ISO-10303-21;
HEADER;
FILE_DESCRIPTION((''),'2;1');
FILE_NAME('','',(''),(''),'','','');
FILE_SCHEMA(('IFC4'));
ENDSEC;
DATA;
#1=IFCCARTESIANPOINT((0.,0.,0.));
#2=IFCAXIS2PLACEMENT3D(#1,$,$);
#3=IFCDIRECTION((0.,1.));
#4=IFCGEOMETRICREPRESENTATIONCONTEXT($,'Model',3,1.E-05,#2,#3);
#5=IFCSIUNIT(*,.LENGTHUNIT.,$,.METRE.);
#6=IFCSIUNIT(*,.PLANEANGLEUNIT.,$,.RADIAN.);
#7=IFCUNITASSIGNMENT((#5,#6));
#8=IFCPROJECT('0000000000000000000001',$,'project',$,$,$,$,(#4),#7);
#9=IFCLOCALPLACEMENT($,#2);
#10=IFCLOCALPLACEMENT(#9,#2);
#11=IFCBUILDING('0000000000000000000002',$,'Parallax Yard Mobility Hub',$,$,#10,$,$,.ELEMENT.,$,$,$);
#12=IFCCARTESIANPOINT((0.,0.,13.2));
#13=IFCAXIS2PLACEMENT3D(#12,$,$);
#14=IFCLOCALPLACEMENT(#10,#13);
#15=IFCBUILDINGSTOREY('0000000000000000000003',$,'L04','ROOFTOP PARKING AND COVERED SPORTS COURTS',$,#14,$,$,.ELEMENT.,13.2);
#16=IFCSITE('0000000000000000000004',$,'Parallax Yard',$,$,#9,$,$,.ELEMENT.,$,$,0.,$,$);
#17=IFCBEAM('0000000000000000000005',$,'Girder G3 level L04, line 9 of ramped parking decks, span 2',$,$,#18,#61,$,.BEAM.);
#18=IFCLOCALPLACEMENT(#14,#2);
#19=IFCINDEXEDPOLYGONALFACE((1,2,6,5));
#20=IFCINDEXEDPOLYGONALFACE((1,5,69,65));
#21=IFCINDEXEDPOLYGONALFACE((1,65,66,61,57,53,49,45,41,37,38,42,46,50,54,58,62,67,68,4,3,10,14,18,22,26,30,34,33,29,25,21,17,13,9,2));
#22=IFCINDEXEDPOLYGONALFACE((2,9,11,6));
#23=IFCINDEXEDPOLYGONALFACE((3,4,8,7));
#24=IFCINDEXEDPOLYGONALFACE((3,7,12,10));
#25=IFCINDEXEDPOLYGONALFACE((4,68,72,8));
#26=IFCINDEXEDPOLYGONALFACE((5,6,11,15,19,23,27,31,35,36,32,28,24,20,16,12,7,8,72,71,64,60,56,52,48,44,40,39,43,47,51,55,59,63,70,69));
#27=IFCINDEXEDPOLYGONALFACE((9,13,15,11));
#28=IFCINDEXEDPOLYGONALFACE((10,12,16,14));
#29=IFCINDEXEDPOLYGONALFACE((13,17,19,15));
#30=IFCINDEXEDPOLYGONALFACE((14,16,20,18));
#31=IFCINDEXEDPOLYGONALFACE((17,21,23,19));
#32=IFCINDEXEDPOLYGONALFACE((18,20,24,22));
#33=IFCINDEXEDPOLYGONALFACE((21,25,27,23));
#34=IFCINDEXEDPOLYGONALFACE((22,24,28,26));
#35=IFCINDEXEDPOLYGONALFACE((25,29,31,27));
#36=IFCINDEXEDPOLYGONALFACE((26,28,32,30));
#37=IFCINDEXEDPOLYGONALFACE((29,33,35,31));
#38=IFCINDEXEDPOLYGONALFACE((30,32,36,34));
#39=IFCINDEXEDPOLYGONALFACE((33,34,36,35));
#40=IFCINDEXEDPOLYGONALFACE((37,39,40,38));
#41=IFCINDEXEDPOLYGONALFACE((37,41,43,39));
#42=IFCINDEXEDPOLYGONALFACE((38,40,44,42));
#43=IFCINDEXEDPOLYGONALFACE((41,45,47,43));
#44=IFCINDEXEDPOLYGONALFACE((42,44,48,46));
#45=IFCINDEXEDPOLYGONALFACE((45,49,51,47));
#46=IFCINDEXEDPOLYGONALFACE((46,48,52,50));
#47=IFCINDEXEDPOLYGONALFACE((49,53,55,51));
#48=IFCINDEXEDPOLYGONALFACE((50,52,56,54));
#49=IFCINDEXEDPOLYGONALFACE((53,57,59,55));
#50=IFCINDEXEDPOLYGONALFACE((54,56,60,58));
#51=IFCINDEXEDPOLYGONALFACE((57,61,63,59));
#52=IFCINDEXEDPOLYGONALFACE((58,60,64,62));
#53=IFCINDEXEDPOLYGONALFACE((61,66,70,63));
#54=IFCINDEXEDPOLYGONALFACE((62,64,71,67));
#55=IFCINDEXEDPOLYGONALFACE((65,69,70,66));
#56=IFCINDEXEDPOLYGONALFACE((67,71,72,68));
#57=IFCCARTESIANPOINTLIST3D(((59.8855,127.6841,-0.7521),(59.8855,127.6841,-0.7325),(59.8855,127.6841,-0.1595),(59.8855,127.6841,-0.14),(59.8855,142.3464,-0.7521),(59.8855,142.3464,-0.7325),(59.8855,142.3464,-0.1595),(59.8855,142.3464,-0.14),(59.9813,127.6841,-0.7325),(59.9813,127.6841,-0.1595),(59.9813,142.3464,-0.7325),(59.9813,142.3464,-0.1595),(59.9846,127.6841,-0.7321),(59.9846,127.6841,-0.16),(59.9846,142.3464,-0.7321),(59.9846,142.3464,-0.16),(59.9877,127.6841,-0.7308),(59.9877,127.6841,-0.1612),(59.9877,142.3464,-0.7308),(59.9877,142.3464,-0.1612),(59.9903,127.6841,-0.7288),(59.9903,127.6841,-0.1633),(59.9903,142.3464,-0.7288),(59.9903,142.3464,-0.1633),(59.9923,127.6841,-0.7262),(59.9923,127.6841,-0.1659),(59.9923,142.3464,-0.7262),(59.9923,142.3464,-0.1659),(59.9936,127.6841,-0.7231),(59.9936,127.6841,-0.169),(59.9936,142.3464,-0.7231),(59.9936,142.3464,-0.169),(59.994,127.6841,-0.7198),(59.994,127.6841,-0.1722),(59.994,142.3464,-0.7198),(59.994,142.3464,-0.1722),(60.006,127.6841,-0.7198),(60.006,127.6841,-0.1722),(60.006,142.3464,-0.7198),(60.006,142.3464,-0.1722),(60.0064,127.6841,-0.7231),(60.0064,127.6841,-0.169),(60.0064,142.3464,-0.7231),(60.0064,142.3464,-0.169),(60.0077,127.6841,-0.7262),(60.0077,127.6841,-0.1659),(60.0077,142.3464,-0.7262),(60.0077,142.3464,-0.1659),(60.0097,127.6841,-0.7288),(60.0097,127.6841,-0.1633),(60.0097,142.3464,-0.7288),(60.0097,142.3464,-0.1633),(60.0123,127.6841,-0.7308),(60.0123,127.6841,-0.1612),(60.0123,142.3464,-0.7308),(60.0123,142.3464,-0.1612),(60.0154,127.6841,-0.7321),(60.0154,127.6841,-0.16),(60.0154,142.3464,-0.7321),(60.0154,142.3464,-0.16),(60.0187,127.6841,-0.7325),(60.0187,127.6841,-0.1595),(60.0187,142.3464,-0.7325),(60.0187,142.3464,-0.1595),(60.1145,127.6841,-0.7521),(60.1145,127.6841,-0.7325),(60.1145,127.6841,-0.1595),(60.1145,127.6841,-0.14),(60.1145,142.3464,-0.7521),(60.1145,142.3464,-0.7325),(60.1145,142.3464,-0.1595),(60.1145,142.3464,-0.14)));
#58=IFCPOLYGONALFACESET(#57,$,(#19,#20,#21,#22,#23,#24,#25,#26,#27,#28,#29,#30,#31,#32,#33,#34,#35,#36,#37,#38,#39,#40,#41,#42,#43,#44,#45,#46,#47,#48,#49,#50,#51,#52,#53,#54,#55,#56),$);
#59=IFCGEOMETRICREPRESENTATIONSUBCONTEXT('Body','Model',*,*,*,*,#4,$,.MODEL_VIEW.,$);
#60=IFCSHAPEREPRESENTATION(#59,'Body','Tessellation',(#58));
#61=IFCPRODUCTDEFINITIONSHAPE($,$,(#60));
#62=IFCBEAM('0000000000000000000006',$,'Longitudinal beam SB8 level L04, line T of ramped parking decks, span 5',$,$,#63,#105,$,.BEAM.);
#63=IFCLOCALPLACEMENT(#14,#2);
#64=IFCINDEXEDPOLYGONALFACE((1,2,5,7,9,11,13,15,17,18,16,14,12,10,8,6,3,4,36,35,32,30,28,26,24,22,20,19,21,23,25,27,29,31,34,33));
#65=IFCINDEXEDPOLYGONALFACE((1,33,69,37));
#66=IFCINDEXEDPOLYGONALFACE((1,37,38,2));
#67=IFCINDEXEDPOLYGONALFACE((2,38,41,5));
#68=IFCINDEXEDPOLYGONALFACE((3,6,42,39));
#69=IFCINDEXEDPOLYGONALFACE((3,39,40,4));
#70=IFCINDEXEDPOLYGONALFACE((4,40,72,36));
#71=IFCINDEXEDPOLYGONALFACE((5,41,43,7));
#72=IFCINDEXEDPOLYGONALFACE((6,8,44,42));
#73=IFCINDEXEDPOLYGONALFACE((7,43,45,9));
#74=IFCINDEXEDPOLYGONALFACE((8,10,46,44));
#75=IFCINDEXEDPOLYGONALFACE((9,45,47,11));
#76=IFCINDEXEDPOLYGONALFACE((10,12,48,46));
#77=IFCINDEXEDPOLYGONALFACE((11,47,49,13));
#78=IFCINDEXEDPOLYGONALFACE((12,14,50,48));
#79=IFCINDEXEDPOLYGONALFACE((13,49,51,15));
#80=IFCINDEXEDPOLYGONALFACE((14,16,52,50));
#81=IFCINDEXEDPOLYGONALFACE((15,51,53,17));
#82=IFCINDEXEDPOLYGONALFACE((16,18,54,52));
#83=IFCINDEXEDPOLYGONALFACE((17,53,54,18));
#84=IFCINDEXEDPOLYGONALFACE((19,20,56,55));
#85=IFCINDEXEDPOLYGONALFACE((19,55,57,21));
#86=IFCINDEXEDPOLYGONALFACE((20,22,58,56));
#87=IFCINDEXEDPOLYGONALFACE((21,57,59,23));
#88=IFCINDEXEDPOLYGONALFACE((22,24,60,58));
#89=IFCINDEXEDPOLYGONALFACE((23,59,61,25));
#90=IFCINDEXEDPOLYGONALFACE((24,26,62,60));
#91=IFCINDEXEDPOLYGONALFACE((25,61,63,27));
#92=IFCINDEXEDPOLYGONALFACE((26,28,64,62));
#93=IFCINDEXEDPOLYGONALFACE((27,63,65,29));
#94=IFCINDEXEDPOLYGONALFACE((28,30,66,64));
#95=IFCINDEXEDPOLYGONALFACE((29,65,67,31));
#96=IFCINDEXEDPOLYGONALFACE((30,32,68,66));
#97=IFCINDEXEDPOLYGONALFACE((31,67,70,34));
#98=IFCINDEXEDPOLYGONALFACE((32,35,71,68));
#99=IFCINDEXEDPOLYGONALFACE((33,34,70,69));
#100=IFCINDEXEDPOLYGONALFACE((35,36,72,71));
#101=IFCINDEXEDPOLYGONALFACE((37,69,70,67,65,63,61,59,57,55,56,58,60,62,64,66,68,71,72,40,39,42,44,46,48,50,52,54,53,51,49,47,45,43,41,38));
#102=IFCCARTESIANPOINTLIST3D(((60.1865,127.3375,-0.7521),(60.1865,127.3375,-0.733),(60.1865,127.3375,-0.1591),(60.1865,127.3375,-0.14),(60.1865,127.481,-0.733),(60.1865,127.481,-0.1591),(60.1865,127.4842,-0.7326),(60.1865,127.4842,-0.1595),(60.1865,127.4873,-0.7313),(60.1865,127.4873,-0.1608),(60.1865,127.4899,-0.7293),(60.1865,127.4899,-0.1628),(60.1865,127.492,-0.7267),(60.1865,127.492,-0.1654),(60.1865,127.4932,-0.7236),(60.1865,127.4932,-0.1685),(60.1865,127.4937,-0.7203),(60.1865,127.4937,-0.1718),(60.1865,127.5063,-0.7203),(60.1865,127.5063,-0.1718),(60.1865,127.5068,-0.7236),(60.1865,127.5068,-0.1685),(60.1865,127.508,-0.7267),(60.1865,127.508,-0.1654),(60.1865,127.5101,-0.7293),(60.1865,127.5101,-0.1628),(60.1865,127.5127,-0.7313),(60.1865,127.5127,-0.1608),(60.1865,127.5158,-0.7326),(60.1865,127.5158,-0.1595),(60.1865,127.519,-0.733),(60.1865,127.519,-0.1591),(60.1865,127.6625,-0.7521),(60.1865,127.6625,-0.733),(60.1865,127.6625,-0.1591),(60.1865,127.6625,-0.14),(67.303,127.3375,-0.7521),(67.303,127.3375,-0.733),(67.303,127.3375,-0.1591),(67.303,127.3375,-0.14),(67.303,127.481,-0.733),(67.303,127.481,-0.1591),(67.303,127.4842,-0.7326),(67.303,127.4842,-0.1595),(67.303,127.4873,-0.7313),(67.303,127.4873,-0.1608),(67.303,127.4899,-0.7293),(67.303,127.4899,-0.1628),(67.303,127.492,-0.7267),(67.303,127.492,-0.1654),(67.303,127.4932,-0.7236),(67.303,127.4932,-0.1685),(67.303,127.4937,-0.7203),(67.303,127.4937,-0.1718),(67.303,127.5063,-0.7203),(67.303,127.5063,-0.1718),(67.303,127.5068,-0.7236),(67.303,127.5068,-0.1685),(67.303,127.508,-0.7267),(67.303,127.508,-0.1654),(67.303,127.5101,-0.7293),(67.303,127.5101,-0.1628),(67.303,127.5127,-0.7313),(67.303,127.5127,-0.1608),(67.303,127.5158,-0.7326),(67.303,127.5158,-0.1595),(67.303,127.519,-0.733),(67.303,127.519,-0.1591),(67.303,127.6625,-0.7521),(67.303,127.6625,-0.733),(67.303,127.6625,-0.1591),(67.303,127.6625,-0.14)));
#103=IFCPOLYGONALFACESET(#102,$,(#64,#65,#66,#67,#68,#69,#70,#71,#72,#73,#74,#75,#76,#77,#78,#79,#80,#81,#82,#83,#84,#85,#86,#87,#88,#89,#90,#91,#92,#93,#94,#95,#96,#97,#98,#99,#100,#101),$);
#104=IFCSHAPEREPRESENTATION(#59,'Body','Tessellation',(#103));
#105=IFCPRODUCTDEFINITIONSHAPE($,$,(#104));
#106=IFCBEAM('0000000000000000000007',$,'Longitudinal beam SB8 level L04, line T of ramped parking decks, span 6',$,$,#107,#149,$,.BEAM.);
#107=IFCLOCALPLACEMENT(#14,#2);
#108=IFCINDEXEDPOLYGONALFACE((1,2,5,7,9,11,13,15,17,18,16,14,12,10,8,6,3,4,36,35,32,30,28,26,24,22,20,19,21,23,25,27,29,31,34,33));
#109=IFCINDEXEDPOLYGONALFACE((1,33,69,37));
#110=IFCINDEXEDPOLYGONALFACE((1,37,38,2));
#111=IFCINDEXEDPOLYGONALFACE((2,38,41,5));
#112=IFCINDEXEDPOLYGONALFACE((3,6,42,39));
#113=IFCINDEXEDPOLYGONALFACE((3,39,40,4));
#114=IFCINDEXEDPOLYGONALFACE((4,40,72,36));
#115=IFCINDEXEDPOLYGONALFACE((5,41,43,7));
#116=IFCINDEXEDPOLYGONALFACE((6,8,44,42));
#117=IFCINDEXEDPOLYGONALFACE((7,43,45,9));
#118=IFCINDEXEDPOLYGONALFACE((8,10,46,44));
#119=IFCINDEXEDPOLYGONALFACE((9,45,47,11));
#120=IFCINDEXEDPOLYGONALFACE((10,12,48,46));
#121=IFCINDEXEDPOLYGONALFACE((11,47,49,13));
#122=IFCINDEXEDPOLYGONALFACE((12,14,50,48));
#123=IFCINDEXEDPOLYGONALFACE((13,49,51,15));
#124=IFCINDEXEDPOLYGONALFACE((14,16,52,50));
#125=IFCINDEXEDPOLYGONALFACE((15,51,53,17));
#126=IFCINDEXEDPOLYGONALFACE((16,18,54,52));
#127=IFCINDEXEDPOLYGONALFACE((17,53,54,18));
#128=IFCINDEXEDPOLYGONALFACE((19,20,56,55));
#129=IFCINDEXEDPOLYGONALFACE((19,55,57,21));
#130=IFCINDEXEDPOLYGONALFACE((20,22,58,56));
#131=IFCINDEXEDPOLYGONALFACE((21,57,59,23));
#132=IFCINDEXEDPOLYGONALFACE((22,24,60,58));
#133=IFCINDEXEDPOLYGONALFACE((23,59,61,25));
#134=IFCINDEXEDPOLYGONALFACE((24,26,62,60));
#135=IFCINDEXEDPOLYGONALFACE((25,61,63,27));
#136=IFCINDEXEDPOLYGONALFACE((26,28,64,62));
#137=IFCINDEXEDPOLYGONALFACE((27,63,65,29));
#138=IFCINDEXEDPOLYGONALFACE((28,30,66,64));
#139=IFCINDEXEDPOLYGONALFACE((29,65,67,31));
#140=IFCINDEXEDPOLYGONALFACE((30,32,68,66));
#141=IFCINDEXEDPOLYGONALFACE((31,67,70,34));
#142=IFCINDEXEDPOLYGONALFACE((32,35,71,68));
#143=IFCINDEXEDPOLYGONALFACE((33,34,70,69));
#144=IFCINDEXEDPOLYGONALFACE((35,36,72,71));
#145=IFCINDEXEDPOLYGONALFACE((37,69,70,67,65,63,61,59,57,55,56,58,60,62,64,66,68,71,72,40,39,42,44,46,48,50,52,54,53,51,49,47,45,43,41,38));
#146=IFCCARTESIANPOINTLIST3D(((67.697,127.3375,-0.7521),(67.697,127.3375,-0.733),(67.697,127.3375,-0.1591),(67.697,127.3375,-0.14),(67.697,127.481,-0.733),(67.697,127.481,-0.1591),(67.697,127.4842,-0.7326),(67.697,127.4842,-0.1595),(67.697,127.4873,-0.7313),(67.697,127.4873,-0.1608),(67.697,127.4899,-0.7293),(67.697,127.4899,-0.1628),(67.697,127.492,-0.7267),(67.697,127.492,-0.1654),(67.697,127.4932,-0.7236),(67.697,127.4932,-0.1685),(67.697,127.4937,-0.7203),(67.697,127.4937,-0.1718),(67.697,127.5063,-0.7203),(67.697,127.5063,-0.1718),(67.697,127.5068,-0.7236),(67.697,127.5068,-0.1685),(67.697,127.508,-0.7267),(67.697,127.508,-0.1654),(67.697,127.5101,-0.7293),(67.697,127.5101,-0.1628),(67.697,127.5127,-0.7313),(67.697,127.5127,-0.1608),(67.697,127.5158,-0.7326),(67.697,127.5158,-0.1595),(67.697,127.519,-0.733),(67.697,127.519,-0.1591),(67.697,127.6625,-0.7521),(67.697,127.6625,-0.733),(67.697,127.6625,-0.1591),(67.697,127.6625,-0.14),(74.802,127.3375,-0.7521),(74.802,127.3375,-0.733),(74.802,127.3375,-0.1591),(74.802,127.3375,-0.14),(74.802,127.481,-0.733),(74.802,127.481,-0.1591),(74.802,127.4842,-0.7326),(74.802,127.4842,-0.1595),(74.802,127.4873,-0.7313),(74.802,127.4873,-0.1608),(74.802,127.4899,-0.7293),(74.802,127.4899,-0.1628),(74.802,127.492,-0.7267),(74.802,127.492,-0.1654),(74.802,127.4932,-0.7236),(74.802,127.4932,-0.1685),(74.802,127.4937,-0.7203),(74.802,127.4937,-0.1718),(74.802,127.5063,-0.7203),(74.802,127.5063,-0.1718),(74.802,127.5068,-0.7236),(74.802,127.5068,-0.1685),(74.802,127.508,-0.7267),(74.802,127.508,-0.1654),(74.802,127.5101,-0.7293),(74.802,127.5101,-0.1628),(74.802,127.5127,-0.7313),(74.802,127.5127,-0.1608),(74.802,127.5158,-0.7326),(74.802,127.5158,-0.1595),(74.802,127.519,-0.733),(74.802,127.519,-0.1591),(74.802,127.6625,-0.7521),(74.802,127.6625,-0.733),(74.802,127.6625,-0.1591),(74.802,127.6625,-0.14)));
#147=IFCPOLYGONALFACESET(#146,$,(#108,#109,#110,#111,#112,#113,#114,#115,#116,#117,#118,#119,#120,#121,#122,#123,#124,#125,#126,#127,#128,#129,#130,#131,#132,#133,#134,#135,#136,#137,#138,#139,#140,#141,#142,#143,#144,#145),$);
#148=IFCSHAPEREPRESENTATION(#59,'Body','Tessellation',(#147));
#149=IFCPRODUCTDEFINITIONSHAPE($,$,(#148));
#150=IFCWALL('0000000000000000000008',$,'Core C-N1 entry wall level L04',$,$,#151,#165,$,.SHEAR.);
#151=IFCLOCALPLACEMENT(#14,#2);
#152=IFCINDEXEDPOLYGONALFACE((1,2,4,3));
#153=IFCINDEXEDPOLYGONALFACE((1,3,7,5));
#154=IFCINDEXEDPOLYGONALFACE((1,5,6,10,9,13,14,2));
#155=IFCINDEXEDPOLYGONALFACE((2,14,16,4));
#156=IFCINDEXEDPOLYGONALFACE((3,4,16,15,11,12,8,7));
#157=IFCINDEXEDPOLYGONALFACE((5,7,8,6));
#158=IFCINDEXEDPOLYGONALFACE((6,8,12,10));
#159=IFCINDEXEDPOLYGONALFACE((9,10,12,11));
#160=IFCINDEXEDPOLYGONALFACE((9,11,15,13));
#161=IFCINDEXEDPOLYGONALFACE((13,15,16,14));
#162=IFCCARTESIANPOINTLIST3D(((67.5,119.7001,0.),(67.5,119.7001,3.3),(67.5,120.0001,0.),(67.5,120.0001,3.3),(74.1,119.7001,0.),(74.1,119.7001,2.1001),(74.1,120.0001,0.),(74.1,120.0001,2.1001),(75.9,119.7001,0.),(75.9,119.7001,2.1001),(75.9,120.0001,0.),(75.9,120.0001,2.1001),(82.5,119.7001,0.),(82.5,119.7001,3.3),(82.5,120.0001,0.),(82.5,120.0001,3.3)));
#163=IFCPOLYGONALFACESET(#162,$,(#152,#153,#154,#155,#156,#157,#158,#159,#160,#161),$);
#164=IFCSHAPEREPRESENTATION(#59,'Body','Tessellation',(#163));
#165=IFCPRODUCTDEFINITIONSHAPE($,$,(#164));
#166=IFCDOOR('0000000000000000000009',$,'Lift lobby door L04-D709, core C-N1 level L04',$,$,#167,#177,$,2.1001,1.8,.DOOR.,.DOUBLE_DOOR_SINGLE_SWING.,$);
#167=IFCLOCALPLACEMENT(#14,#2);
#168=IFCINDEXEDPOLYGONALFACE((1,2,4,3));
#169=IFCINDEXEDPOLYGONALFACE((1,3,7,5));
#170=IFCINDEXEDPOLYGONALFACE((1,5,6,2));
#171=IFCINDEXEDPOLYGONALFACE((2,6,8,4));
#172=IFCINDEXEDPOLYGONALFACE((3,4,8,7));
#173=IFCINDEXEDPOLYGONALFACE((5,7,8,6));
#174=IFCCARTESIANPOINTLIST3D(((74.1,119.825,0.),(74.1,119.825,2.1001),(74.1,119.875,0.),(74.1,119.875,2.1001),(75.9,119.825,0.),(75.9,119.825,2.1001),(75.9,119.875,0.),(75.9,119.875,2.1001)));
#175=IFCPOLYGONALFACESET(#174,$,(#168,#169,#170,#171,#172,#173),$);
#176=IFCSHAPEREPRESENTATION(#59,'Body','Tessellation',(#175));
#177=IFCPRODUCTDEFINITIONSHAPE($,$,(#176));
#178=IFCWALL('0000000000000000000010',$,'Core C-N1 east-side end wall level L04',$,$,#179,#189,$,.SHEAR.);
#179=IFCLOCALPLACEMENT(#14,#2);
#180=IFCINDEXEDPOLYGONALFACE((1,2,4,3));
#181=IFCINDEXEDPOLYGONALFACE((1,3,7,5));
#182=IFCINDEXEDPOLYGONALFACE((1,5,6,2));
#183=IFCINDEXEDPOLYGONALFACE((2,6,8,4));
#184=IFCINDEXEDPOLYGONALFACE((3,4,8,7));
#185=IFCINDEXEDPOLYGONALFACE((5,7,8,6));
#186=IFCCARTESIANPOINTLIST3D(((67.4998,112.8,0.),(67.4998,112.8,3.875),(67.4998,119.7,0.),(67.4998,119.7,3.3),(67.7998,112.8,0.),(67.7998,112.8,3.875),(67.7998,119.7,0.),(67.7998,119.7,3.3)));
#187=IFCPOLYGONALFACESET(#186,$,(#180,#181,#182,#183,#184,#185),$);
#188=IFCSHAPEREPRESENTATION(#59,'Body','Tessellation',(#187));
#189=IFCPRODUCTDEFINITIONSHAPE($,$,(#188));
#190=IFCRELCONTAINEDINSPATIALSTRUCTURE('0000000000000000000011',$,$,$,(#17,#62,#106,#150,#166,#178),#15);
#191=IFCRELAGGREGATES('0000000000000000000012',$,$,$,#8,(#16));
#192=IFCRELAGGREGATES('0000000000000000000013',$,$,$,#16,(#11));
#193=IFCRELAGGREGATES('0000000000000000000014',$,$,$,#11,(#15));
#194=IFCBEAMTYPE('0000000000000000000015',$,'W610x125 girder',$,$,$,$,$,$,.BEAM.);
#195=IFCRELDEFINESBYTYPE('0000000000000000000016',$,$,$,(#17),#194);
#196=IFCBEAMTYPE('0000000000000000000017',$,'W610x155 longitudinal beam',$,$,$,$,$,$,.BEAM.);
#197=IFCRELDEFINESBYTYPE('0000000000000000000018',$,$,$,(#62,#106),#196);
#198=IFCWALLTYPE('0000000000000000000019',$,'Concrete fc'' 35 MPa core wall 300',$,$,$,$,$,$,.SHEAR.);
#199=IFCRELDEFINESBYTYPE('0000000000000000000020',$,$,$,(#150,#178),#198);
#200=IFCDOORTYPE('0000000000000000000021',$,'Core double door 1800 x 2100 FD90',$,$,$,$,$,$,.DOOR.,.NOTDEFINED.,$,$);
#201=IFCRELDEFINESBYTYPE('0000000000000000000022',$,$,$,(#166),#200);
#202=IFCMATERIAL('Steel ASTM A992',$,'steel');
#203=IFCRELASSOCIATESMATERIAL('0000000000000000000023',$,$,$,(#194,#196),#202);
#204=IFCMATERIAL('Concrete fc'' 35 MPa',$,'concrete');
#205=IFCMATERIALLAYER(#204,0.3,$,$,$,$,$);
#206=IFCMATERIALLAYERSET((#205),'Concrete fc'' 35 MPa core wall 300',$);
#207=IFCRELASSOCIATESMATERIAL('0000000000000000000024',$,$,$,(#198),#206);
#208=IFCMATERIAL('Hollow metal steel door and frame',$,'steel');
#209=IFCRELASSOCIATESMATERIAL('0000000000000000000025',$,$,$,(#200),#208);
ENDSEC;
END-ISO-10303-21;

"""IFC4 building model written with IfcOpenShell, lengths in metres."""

from ifc_helpers import new_model, si_unit, direction, frame, frame_2d, origin, origin_2d, place, context, subcontext, project, spatial, polyline, rectangle, i_section, outline, extrude, material, layer, layer_set, material_profile, profile_set, type_object, element, fill, save


model = new_model("IFC4")

# Units and contexts
model_context = context("Model", 3, precision=1e-05, world=origin(), true_north=direction((0.0, 1.0)))
body_context = subcontext(model_context, "Body", "Model", "MODEL_VIEW")
ifc_project = project(units=[si_unit("LENGTHUNIT", "METRE"), si_unit("PLANEANGLEUNIT", "RADIAN")], contexts=[model_context])

# Site, building, storey
site_placement = place(None, origin())
site = spatial("IfcSite", under=ifc_project, at=site_placement, Name="Parallax Yard", CompositionType="ELEMENT", RefElevation=0.0)
building_placement = place(site_placement, origin())
building = spatial("IfcBuilding", under=site, at=building_placement, Name="Parallax Yard Mobility Hub", CompositionType="ELEMENT")
storey_placement = place(building_placement, frame((0.0, 0.0, 13.2)))
storey = spatial("IfcBuildingStorey", under=building, at=storey_placement, Name="L04", Description="ROOFTOP PARKING AND COVERED SPORTS COURTS", CompositionType="ELEMENT", Elevation=13.2)

# Shared definitions
ifc_material_1 = material(Name="Steel ASTM A992", Category="steel")

# Beams
ifc_material_profile_1 = material_profile(ifc_material_1, i_section(OverallWidth=0.229, OverallDepth=0.6121, WebThickness=0.012, FlangeThickness=0.0195, FilletRadius=0.0127, at=origin_2d()), Name="W610x125")
ifc_profile_set_1 = profile_set([ifc_material_profile_1], Name="Steel ASTM A992")
beam_type_1 = type_object("IfcBeamType", Name="W610x125 girder", PredefinedType="BEAM", material=ifc_profile_set_1)
beam_1_placement = place(storey_placement, frame((60.0, 127.6841, -0.446), z_axis=(0.0, 1.0, 0.0), x_axis=(-1.0, 0.0, 0.0)))
element("IfcBeam", 1, at=beam_1_placement, inside=storey, type_object=beam_type_1, Name="Girder G3 level L04, line 9 of ramped parking decks, span 2", PredefinedType="BEAM", context=body_context, shape_type="SweptSolid", body=[
    extrude(i_section(OverallWidth=0.229, OverallDepth=0.6121, WebThickness=0.012, FlangeThickness=0.0195, FilletRadius=0.0127, at=origin_2d()), origin(), (0.0, 0.0, 1.0), 14.6624),
])
ifc_material_profile_2 = material_profile(ifc_material_1, i_section(OverallWidth=0.325, OverallDepth=0.6121, WebThickness=0.0127, FlangeThickness=0.019, FilletRadius=0.0127, at=origin_2d()), Name="W610x155")
ifc_profile_set_2 = profile_set([ifc_material_profile_2], Name="Steel ASTM A992")
beam_type_2 = type_object("IfcBeamType", Name="W610x155 longitudinal beam", PredefinedType="BEAM", material=ifc_profile_set_2)
beam_2_placement = place(storey_placement, frame((60.1865, 127.5, -0.446), z_axis=(1.0, 0.0, 0.0), x_axis=(0.0, 1.0, 0.0)))
element("IfcBeam", 2, at=beam_2_placement, inside=storey, type_object=beam_type_2, Name="Longitudinal beam SB8 level L04, line T of ramped parking decks, span 5", PredefinedType="BEAM", context=body_context, shape_type="SweptSolid", body=[
    extrude(i_section(OverallWidth=0.325, OverallDepth=0.6121, WebThickness=0.0127, FlangeThickness=0.019, FilletRadius=0.0127, at=origin_2d()), origin(), (0.0, 0.0, 1.0), 7.1165),
])
beam_3_placement = place(storey_placement, frame((67.697, 127.5, -0.446), z_axis=(1.0, 0.0, 0.0), x_axis=(0.0, 1.0, 0.0)))
element("IfcBeam", 3, at=beam_3_placement, inside=storey, type_object=beam_type_2, Name="Longitudinal beam SB8 level L04, line T of ramped parking decks, span 6", PredefinedType="BEAM", context=body_context, shape_type="SweptSolid", body=[
    extrude(i_section(OverallWidth=0.325, OverallDepth=0.6121, WebThickness=0.0127, FlangeThickness=0.019, FilletRadius=0.0127, at=origin_2d()), origin(), (0.0, 0.0, 1.0), 7.105),
])

# Wall, opening, door
ifc_material_2 = material(Name="Concrete fc' 35 MPa", Category="concrete")
ifc_layer_1 = layer(ifc_material_2, 0.3)
ifc_layer_set_1 = layer_set([ifc_layer_1], Name="Concrete fc' 35 MPa core wall 300")
wall_type_1 = type_object("IfcWallType", Name="Concrete fc' 35 MPa core wall 300", PredefinedType="SHEAR", material=ifc_layer_set_1)
wall_1_placement = place(storey_placement, frame((67.5, 119.8501, 0.0), z_axis=(0.0, 0.0, 1.0), x_axis=(1.0, 0.0, 0.0)))
wall_1 = element("IfcWall", 4, at=wall_1_placement, inside=storey, type_object=wall_type_1, Name="Core C-N1 entry wall level L04", PredefinedType="SHEAR", context=body_context, shape_type="SweptSolid", body=[
    extrude(rectangle(XDim=15.0, YDim=0.3, at=frame_2d((7.5, 0.0))), origin(), (0.0, 0.0, 1.0), 3.3),
])
opening_placement = place(wall_1_placement, frame((6.6001, 0.0, 0.0)))
opening = element("IfcOpeningElement", 5, at=opening_placement, cuts=wall_1, PredefinedType="OPENING", context=body_context, shape_type="SweptSolid", body=[
    extrude(rectangle(XDim=1.8, YDim=2.1001, at=frame_2d((0.8999, 1.05))), frame((0.0, 0.1602, 0.0), z_axis=(0.0, -1.0, 0.0), x_axis=(1.0, 0.0, 0.0)), (0.0, 0.0, 1.0), 0.3201),
])
ifc_material_3 = material(Name="Hollow metal steel door and frame", Category="steel")
door_type = type_object("IfcDoorType", Name="Core double door 1800 x 2100 FD90", OperationType="NOTDEFINED", PredefinedType="DOOR", material=ifc_material_3)
door_placement = place(opening_placement, origin())
door = element("IfcDoor", 6, at=door_placement, inside=storey, type_object=door_type, Name="Lift lobby door L04-D709, core C-N1 level L04", OperationType="DOUBLE_DOOR_SINGLE_SWING", OverallHeight=2.1001, OverallWidth=1.8, PredefinedType="DOOR", context=body_context, shape_type="SweptSolid", body=[
    extrude(rectangle(XDim=1.8, YDim=2.1001, at=frame_2d((0.8999, 1.05))), frame((0.0, 0.0249, 0.0), z_axis=(0.0, -1.0, 0.0), x_axis=(1.0, 0.0, 0.0)), (0.0, 0.0, 1.0), 0.05),
])
fill(opening, door)

# Wall
wall_2_placement = place(storey_placement, frame((67.6499, 119.7, 0.0), z_axis=(0.0, 0.0, 1.0), x_axis=(0.0, -1.0, 0.0)))
element("IfcWall", 7, at=wall_2_placement, inside=storey, type_object=wall_type_1, Name="Core C-N1 east-side end wall level L04", PredefinedType="SHEAR", context=body_context, shape_type="SweptSolid", body=[
    extrude(outline(polyline([(0.0, 0.0), (6.8999, 0.0), (6.8999, 3.875), (0.0, 3.3), (0.0, 0.0)])), frame((0.0, 0.1499, 0.0), z_axis=(0.0, -1.0, 0.0), x_axis=(1.0, 0.0, 0.0)), (0.0, 0.0, 1.0), 0.3),
])

save(model, "model.ifc")
